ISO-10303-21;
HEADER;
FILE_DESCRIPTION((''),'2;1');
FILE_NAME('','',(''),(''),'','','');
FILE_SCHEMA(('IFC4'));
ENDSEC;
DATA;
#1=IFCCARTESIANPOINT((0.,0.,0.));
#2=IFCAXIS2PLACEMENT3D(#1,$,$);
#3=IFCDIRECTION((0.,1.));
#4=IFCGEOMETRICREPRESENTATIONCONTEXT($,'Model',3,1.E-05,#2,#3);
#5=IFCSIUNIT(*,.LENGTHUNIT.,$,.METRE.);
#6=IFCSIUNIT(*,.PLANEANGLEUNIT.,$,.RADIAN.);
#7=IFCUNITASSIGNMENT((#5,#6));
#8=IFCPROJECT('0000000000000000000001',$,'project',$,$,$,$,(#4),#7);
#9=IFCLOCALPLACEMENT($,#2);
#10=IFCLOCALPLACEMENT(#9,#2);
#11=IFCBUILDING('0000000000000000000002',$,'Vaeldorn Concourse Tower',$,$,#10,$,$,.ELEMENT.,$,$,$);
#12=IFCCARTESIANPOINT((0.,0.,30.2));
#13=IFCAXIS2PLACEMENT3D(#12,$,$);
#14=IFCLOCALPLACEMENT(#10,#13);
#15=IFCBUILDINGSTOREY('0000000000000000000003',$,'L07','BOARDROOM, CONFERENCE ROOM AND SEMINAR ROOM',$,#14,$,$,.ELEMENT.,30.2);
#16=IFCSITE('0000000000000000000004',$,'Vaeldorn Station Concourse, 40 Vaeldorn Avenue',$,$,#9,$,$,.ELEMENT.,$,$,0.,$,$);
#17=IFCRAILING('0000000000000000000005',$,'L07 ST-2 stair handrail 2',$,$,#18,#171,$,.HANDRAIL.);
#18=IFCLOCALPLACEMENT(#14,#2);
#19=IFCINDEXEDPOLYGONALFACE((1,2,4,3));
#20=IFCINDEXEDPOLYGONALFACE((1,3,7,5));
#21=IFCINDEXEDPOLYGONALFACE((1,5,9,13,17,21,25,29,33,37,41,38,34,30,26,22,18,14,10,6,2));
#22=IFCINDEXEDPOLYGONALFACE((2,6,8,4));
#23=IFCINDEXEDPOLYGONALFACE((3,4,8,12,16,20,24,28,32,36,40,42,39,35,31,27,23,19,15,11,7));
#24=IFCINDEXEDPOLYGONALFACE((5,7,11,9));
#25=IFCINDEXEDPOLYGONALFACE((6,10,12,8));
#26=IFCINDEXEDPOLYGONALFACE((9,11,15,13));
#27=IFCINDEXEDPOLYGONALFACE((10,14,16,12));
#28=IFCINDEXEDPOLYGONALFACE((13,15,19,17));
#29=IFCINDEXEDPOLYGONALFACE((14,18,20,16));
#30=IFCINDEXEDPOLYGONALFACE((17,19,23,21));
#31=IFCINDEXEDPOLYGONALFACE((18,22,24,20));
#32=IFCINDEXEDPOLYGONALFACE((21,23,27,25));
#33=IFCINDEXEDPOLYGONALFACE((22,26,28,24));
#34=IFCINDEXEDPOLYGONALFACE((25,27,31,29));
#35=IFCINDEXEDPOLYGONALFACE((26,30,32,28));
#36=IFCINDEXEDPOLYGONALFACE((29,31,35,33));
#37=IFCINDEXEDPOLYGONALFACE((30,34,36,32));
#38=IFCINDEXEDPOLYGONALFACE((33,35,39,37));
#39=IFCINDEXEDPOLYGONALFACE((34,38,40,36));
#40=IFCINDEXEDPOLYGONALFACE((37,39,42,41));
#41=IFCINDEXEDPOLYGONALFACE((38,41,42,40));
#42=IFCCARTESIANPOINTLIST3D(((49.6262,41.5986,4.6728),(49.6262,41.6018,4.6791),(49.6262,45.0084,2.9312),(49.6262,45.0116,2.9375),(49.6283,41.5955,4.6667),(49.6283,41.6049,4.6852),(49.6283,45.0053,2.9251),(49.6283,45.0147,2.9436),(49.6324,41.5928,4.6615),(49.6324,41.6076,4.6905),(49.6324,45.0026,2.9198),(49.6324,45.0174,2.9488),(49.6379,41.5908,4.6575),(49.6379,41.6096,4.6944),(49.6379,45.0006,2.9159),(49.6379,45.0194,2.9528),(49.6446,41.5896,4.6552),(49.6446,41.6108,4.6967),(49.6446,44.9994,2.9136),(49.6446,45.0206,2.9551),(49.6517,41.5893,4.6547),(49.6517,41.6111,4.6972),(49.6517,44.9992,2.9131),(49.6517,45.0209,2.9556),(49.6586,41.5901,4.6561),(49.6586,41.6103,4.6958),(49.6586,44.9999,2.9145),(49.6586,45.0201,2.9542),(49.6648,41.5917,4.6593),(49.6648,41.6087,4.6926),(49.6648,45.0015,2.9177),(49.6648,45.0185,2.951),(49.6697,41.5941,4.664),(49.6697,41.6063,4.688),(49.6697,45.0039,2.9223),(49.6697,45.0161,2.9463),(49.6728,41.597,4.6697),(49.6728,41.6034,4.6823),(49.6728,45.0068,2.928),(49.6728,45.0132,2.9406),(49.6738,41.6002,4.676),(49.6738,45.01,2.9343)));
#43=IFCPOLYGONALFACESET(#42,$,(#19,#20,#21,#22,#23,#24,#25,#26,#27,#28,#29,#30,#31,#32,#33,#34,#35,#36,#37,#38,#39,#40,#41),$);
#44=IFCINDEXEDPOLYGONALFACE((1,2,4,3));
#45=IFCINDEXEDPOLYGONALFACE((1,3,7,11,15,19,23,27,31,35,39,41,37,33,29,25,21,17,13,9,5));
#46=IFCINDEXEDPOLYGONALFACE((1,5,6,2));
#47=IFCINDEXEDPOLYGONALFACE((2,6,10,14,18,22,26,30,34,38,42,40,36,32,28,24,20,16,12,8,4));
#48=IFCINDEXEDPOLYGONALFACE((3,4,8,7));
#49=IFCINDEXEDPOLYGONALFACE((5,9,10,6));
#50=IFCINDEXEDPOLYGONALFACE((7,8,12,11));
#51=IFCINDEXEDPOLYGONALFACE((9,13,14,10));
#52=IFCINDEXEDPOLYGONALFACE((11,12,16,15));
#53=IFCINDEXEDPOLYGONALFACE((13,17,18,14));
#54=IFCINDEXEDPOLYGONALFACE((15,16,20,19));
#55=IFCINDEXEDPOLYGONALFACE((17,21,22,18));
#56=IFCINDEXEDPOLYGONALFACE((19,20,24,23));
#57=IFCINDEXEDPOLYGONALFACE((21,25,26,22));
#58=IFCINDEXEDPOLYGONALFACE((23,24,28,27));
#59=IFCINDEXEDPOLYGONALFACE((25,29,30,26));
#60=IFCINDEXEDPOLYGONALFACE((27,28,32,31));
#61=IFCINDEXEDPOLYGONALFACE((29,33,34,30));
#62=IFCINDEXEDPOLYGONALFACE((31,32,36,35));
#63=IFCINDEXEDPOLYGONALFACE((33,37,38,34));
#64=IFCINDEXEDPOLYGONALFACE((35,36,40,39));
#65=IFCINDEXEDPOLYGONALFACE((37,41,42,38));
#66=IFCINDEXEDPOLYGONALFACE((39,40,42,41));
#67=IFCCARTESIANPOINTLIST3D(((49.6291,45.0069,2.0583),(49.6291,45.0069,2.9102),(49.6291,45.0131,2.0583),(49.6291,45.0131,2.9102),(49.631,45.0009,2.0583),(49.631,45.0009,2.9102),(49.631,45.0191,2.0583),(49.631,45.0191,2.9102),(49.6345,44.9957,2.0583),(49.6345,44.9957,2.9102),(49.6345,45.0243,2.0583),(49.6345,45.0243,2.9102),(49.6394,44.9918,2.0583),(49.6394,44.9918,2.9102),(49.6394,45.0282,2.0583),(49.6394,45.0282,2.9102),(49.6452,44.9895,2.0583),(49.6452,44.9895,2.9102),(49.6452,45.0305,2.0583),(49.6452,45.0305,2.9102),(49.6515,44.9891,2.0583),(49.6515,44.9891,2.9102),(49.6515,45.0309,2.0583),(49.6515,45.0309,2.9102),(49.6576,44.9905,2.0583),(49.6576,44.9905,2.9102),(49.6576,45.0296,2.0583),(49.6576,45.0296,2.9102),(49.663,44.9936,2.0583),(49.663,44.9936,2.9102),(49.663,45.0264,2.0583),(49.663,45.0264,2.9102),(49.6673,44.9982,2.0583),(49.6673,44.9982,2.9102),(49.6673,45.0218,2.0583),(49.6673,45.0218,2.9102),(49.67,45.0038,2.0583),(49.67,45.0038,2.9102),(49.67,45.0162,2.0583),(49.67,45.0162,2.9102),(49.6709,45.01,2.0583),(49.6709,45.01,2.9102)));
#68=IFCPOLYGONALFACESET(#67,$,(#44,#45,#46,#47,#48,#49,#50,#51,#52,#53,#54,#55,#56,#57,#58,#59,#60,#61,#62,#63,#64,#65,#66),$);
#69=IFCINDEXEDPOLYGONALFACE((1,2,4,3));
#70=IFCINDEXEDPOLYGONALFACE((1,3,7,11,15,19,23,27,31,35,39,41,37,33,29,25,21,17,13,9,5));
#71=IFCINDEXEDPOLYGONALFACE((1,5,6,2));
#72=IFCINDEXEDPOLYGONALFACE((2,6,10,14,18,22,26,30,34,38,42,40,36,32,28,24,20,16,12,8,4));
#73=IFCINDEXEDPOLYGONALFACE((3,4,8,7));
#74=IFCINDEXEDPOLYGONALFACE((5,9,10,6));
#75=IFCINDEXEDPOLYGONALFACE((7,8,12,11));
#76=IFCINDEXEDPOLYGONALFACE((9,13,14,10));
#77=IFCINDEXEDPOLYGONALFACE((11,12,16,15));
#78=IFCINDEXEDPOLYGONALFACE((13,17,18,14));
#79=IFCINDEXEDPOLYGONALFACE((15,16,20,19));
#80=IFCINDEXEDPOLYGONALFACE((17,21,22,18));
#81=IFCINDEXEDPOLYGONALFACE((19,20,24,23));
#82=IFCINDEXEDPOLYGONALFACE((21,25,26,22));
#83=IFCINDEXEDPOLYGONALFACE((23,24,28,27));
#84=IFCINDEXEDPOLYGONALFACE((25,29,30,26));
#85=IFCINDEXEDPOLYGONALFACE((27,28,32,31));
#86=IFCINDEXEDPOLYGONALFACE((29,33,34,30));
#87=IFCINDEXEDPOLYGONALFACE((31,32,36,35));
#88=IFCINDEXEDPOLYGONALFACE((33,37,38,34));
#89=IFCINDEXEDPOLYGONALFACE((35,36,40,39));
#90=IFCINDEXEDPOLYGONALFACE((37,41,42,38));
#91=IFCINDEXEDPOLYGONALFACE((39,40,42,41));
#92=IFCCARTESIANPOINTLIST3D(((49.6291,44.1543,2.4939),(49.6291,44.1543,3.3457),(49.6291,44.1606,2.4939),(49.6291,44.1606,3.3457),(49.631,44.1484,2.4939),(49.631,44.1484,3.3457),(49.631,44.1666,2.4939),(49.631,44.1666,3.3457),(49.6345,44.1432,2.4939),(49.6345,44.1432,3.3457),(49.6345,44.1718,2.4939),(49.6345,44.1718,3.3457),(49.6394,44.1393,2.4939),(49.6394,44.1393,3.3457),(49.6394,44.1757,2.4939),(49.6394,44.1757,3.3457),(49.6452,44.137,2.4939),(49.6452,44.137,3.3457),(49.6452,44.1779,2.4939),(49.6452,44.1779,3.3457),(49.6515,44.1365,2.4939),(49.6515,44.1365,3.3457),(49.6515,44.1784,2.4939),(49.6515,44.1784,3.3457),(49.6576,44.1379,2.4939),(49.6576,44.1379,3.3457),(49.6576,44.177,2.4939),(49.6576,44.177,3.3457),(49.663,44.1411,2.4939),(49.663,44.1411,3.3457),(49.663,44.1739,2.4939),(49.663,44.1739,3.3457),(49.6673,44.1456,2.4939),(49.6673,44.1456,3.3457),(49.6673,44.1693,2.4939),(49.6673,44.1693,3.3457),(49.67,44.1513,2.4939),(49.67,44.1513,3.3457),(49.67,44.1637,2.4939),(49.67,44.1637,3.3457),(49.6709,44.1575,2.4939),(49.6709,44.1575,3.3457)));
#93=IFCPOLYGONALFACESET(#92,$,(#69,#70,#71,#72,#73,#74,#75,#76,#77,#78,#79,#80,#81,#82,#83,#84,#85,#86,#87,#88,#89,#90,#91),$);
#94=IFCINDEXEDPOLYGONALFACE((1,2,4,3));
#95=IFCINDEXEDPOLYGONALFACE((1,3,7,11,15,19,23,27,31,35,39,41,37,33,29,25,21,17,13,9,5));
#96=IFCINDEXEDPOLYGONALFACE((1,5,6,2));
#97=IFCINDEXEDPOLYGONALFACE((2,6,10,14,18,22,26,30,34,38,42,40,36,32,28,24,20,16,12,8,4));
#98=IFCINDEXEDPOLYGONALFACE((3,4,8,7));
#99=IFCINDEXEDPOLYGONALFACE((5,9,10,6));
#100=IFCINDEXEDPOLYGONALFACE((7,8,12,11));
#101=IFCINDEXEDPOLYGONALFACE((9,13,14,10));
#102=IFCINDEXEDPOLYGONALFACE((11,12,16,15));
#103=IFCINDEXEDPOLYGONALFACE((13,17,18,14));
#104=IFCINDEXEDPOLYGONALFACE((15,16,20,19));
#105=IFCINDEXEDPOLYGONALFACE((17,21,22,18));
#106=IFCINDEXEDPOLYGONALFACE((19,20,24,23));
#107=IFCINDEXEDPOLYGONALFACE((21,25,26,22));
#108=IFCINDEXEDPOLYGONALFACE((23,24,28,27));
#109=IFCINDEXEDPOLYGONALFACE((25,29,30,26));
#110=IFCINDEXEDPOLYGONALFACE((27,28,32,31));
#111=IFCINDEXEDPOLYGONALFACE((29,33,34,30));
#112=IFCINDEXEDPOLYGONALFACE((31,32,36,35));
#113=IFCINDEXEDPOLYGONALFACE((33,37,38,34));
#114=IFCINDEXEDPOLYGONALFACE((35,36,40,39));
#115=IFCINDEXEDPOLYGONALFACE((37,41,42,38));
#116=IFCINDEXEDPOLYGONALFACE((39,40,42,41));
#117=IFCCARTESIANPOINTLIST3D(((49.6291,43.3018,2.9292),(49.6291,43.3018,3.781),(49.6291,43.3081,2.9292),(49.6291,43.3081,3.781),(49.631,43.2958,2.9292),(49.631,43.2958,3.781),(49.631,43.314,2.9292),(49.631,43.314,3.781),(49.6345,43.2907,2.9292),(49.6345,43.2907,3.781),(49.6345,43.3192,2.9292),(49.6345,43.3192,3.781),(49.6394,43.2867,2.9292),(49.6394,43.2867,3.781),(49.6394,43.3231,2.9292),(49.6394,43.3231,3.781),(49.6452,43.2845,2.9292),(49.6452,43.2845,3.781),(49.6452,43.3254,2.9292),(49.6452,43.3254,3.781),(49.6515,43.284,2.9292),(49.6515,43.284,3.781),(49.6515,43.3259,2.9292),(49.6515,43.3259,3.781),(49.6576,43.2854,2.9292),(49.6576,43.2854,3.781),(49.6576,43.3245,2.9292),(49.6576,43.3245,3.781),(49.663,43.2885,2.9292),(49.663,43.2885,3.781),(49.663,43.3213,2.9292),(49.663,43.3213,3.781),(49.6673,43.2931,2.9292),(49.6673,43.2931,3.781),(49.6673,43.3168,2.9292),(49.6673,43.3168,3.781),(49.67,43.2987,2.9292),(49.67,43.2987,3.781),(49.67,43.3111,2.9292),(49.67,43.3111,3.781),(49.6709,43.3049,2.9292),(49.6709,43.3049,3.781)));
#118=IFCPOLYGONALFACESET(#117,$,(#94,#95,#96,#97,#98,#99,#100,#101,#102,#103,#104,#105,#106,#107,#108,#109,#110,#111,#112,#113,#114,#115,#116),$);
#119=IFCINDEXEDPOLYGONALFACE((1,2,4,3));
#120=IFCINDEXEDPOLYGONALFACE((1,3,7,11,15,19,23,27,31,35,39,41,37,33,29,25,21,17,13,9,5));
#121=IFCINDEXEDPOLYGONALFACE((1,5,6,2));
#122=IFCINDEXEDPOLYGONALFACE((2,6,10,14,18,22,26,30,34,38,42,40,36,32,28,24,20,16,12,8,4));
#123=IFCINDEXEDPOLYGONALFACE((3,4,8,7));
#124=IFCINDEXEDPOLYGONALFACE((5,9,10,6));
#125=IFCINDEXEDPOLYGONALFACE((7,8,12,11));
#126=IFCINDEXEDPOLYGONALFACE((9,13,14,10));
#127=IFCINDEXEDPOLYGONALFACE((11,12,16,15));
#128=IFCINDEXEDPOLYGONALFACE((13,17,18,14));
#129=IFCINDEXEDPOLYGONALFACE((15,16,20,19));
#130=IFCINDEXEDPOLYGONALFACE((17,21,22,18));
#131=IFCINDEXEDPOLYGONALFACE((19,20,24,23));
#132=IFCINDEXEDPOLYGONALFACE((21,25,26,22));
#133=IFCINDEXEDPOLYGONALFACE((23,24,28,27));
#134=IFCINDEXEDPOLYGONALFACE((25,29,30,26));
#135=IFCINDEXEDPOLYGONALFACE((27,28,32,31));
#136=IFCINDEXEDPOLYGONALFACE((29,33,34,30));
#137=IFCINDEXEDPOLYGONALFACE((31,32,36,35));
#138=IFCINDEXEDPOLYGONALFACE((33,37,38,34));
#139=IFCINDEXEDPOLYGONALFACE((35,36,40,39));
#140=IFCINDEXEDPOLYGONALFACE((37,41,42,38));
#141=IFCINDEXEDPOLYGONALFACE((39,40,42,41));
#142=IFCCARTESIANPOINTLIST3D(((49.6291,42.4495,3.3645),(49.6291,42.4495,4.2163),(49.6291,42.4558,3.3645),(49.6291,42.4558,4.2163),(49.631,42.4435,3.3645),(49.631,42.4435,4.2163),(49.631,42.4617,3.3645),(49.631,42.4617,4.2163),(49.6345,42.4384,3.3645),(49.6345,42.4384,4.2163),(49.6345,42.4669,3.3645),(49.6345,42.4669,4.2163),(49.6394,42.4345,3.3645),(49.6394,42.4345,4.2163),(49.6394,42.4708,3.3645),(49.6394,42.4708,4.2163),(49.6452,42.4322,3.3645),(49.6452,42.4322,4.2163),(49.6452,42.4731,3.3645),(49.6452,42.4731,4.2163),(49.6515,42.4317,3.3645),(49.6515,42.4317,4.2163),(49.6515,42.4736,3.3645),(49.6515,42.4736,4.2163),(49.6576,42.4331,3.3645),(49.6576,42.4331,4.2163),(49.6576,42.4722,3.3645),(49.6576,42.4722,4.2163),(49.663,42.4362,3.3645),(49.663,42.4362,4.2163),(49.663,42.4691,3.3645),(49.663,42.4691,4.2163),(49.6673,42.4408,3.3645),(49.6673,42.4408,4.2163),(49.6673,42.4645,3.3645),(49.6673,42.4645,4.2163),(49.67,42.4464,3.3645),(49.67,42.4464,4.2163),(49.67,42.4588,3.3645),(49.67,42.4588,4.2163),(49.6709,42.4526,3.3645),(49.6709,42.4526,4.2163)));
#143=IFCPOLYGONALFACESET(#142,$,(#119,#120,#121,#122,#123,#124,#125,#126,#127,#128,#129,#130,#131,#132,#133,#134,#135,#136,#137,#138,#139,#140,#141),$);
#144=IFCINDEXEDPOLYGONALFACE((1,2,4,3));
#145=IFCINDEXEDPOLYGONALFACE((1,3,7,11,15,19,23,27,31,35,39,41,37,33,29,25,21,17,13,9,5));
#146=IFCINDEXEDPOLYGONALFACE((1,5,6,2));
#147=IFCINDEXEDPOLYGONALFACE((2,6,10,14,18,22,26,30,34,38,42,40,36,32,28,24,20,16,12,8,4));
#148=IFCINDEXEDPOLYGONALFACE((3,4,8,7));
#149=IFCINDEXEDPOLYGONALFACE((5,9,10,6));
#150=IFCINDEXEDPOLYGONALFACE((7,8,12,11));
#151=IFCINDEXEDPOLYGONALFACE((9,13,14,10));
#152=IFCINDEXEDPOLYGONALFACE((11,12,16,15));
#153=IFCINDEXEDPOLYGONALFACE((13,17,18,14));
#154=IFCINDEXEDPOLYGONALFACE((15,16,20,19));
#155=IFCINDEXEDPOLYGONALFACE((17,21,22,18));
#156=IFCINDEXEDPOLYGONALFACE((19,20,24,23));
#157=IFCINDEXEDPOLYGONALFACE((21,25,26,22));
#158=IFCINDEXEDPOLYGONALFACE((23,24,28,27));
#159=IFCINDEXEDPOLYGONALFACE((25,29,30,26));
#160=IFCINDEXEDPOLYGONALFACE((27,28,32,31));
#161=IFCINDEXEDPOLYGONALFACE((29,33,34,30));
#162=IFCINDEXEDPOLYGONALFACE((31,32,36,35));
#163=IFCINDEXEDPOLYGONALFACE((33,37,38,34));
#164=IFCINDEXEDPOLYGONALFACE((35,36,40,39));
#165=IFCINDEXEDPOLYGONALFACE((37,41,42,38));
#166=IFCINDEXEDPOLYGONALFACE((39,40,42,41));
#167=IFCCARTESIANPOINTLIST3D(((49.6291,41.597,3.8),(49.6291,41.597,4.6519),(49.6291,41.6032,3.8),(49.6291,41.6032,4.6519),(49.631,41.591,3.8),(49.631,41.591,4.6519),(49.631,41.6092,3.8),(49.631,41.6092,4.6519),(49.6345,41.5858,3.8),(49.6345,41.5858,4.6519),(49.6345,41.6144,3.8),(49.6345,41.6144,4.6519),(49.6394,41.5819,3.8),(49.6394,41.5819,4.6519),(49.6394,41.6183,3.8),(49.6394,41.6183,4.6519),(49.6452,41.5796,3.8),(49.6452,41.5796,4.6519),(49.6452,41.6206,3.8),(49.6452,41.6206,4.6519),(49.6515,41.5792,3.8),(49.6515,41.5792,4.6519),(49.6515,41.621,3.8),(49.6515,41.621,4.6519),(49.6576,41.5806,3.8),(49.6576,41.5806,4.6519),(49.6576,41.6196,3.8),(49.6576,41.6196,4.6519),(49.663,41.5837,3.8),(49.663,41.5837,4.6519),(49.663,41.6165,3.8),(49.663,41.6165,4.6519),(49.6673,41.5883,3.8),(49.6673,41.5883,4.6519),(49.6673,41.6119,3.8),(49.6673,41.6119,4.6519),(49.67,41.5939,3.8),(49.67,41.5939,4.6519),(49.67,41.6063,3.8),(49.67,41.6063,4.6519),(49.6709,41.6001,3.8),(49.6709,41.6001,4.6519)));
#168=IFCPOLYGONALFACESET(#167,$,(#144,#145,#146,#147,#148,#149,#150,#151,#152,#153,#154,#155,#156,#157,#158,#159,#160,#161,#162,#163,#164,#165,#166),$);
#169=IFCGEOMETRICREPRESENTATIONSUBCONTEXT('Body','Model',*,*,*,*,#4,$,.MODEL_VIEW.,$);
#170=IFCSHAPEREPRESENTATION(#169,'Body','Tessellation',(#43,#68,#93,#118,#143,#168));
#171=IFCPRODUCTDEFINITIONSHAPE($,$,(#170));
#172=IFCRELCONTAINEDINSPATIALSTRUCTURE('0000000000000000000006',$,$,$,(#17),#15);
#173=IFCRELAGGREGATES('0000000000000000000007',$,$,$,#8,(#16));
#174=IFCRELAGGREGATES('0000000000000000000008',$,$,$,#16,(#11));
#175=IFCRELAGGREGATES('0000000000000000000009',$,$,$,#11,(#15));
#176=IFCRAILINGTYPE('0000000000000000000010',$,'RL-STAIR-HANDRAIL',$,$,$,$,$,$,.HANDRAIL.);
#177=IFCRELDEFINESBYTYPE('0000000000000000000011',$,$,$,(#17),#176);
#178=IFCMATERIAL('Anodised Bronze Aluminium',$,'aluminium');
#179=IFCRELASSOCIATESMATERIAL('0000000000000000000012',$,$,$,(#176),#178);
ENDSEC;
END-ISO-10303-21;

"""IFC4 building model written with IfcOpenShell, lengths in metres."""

from ifc_helpers import new_model, si_unit, direction, frame, origin, origin_2d, place, context, subcontext, project, spatial, circle, extrude, material, type_object, element, save


model = new_model("IFC4")

# Units and contexts
model_context = context("Model", 3, precision=1e-05, world=origin(), true_north=direction((0.0, 1.0)))
body_context = subcontext(model_context, "Body", "Model", "MODEL_VIEW")
ifc_project = project(units=[si_unit("LENGTHUNIT", "METRE"), si_unit("PLANEANGLEUNIT", "RADIAN")], contexts=[model_context])

# Site, building, storey
site_placement = place(None, origin())
site = spatial("IfcSite", under=ifc_project, at=site_placement, Name="Vaeldorn Station Concourse, 40 Vaeldorn Avenue", CompositionType="ELEMENT", RefElevation=0.0)
building_placement = place(site_placement, origin())
building = spatial("IfcBuilding", under=site, at=building_placement, Name="Vaeldorn Concourse Tower", CompositionType="ELEMENT")
storey_placement = place(building_placement, frame((0.0, 0.0, 30.2)))
storey = spatial("IfcBuildingStorey", under=building, at=storey_placement, Name="L07", Description="BOARDROOM, CONFERENCE ROOM AND SEMINAR ROOM", CompositionType="ELEMENT", Elevation=30.2)

# Shared definitions
ifc_material_1 = material(Name="Anodised Bronze Aluminium", Category="aluminium")

# Railing
railing_type_1 = type_object("IfcRailingType", Name="RL-STAIR-HANDRAIL", PredefinedType="HANDRAIL", material=ifc_material_1)
railing_1_placement = place(storey_placement, frame((49.6499, 45.01, 2.0583)))
element("IfcRailing", 1, at=railing_1_placement, inside=storey, type_object=railing_type_1, Name="L07 ST-2 stair handrail 2", PredefinedType="HANDRAIL", context=body_context, shape_type="SweptSolid", body=[
    extrude(circle(Radius=0.0239, at=origin_2d()), frame((0.0, 0.0, 0.876), z_axis=(0.0, -0.890556, 0.454874), x_axis=(1.0, 0.0, 0.0)), (0.0, 0.0, 1.0), 3.8289),
    extrude(circle(Radius=0.021, at=origin_2d()), origin(), (0.0, 0.0, 1.0), 0.8518),
    extrude(circle(Radius=0.021, at=origin_2d()), frame((0.0, -0.8525, 0.4355)), (0.0, 0.0, 1.0), 0.8518),
    extrude(circle(Radius=0.021, at=origin_2d()), frame((0.0, -1.7051, 0.8708)), (0.0, 0.0, 1.0), 0.8518),
    extrude(circle(Radius=0.021, at=origin_2d()), frame((0.0, -2.5574, 1.3062)), (0.0, 0.0, 1.0), 0.8518),
    extrude(circle(Radius=0.021, at=origin_2d()), frame((0.0, -3.4099, 1.7417)), (0.0, 0.0, 1.0), 0.8518),
])

save(model, "model.ifc")
